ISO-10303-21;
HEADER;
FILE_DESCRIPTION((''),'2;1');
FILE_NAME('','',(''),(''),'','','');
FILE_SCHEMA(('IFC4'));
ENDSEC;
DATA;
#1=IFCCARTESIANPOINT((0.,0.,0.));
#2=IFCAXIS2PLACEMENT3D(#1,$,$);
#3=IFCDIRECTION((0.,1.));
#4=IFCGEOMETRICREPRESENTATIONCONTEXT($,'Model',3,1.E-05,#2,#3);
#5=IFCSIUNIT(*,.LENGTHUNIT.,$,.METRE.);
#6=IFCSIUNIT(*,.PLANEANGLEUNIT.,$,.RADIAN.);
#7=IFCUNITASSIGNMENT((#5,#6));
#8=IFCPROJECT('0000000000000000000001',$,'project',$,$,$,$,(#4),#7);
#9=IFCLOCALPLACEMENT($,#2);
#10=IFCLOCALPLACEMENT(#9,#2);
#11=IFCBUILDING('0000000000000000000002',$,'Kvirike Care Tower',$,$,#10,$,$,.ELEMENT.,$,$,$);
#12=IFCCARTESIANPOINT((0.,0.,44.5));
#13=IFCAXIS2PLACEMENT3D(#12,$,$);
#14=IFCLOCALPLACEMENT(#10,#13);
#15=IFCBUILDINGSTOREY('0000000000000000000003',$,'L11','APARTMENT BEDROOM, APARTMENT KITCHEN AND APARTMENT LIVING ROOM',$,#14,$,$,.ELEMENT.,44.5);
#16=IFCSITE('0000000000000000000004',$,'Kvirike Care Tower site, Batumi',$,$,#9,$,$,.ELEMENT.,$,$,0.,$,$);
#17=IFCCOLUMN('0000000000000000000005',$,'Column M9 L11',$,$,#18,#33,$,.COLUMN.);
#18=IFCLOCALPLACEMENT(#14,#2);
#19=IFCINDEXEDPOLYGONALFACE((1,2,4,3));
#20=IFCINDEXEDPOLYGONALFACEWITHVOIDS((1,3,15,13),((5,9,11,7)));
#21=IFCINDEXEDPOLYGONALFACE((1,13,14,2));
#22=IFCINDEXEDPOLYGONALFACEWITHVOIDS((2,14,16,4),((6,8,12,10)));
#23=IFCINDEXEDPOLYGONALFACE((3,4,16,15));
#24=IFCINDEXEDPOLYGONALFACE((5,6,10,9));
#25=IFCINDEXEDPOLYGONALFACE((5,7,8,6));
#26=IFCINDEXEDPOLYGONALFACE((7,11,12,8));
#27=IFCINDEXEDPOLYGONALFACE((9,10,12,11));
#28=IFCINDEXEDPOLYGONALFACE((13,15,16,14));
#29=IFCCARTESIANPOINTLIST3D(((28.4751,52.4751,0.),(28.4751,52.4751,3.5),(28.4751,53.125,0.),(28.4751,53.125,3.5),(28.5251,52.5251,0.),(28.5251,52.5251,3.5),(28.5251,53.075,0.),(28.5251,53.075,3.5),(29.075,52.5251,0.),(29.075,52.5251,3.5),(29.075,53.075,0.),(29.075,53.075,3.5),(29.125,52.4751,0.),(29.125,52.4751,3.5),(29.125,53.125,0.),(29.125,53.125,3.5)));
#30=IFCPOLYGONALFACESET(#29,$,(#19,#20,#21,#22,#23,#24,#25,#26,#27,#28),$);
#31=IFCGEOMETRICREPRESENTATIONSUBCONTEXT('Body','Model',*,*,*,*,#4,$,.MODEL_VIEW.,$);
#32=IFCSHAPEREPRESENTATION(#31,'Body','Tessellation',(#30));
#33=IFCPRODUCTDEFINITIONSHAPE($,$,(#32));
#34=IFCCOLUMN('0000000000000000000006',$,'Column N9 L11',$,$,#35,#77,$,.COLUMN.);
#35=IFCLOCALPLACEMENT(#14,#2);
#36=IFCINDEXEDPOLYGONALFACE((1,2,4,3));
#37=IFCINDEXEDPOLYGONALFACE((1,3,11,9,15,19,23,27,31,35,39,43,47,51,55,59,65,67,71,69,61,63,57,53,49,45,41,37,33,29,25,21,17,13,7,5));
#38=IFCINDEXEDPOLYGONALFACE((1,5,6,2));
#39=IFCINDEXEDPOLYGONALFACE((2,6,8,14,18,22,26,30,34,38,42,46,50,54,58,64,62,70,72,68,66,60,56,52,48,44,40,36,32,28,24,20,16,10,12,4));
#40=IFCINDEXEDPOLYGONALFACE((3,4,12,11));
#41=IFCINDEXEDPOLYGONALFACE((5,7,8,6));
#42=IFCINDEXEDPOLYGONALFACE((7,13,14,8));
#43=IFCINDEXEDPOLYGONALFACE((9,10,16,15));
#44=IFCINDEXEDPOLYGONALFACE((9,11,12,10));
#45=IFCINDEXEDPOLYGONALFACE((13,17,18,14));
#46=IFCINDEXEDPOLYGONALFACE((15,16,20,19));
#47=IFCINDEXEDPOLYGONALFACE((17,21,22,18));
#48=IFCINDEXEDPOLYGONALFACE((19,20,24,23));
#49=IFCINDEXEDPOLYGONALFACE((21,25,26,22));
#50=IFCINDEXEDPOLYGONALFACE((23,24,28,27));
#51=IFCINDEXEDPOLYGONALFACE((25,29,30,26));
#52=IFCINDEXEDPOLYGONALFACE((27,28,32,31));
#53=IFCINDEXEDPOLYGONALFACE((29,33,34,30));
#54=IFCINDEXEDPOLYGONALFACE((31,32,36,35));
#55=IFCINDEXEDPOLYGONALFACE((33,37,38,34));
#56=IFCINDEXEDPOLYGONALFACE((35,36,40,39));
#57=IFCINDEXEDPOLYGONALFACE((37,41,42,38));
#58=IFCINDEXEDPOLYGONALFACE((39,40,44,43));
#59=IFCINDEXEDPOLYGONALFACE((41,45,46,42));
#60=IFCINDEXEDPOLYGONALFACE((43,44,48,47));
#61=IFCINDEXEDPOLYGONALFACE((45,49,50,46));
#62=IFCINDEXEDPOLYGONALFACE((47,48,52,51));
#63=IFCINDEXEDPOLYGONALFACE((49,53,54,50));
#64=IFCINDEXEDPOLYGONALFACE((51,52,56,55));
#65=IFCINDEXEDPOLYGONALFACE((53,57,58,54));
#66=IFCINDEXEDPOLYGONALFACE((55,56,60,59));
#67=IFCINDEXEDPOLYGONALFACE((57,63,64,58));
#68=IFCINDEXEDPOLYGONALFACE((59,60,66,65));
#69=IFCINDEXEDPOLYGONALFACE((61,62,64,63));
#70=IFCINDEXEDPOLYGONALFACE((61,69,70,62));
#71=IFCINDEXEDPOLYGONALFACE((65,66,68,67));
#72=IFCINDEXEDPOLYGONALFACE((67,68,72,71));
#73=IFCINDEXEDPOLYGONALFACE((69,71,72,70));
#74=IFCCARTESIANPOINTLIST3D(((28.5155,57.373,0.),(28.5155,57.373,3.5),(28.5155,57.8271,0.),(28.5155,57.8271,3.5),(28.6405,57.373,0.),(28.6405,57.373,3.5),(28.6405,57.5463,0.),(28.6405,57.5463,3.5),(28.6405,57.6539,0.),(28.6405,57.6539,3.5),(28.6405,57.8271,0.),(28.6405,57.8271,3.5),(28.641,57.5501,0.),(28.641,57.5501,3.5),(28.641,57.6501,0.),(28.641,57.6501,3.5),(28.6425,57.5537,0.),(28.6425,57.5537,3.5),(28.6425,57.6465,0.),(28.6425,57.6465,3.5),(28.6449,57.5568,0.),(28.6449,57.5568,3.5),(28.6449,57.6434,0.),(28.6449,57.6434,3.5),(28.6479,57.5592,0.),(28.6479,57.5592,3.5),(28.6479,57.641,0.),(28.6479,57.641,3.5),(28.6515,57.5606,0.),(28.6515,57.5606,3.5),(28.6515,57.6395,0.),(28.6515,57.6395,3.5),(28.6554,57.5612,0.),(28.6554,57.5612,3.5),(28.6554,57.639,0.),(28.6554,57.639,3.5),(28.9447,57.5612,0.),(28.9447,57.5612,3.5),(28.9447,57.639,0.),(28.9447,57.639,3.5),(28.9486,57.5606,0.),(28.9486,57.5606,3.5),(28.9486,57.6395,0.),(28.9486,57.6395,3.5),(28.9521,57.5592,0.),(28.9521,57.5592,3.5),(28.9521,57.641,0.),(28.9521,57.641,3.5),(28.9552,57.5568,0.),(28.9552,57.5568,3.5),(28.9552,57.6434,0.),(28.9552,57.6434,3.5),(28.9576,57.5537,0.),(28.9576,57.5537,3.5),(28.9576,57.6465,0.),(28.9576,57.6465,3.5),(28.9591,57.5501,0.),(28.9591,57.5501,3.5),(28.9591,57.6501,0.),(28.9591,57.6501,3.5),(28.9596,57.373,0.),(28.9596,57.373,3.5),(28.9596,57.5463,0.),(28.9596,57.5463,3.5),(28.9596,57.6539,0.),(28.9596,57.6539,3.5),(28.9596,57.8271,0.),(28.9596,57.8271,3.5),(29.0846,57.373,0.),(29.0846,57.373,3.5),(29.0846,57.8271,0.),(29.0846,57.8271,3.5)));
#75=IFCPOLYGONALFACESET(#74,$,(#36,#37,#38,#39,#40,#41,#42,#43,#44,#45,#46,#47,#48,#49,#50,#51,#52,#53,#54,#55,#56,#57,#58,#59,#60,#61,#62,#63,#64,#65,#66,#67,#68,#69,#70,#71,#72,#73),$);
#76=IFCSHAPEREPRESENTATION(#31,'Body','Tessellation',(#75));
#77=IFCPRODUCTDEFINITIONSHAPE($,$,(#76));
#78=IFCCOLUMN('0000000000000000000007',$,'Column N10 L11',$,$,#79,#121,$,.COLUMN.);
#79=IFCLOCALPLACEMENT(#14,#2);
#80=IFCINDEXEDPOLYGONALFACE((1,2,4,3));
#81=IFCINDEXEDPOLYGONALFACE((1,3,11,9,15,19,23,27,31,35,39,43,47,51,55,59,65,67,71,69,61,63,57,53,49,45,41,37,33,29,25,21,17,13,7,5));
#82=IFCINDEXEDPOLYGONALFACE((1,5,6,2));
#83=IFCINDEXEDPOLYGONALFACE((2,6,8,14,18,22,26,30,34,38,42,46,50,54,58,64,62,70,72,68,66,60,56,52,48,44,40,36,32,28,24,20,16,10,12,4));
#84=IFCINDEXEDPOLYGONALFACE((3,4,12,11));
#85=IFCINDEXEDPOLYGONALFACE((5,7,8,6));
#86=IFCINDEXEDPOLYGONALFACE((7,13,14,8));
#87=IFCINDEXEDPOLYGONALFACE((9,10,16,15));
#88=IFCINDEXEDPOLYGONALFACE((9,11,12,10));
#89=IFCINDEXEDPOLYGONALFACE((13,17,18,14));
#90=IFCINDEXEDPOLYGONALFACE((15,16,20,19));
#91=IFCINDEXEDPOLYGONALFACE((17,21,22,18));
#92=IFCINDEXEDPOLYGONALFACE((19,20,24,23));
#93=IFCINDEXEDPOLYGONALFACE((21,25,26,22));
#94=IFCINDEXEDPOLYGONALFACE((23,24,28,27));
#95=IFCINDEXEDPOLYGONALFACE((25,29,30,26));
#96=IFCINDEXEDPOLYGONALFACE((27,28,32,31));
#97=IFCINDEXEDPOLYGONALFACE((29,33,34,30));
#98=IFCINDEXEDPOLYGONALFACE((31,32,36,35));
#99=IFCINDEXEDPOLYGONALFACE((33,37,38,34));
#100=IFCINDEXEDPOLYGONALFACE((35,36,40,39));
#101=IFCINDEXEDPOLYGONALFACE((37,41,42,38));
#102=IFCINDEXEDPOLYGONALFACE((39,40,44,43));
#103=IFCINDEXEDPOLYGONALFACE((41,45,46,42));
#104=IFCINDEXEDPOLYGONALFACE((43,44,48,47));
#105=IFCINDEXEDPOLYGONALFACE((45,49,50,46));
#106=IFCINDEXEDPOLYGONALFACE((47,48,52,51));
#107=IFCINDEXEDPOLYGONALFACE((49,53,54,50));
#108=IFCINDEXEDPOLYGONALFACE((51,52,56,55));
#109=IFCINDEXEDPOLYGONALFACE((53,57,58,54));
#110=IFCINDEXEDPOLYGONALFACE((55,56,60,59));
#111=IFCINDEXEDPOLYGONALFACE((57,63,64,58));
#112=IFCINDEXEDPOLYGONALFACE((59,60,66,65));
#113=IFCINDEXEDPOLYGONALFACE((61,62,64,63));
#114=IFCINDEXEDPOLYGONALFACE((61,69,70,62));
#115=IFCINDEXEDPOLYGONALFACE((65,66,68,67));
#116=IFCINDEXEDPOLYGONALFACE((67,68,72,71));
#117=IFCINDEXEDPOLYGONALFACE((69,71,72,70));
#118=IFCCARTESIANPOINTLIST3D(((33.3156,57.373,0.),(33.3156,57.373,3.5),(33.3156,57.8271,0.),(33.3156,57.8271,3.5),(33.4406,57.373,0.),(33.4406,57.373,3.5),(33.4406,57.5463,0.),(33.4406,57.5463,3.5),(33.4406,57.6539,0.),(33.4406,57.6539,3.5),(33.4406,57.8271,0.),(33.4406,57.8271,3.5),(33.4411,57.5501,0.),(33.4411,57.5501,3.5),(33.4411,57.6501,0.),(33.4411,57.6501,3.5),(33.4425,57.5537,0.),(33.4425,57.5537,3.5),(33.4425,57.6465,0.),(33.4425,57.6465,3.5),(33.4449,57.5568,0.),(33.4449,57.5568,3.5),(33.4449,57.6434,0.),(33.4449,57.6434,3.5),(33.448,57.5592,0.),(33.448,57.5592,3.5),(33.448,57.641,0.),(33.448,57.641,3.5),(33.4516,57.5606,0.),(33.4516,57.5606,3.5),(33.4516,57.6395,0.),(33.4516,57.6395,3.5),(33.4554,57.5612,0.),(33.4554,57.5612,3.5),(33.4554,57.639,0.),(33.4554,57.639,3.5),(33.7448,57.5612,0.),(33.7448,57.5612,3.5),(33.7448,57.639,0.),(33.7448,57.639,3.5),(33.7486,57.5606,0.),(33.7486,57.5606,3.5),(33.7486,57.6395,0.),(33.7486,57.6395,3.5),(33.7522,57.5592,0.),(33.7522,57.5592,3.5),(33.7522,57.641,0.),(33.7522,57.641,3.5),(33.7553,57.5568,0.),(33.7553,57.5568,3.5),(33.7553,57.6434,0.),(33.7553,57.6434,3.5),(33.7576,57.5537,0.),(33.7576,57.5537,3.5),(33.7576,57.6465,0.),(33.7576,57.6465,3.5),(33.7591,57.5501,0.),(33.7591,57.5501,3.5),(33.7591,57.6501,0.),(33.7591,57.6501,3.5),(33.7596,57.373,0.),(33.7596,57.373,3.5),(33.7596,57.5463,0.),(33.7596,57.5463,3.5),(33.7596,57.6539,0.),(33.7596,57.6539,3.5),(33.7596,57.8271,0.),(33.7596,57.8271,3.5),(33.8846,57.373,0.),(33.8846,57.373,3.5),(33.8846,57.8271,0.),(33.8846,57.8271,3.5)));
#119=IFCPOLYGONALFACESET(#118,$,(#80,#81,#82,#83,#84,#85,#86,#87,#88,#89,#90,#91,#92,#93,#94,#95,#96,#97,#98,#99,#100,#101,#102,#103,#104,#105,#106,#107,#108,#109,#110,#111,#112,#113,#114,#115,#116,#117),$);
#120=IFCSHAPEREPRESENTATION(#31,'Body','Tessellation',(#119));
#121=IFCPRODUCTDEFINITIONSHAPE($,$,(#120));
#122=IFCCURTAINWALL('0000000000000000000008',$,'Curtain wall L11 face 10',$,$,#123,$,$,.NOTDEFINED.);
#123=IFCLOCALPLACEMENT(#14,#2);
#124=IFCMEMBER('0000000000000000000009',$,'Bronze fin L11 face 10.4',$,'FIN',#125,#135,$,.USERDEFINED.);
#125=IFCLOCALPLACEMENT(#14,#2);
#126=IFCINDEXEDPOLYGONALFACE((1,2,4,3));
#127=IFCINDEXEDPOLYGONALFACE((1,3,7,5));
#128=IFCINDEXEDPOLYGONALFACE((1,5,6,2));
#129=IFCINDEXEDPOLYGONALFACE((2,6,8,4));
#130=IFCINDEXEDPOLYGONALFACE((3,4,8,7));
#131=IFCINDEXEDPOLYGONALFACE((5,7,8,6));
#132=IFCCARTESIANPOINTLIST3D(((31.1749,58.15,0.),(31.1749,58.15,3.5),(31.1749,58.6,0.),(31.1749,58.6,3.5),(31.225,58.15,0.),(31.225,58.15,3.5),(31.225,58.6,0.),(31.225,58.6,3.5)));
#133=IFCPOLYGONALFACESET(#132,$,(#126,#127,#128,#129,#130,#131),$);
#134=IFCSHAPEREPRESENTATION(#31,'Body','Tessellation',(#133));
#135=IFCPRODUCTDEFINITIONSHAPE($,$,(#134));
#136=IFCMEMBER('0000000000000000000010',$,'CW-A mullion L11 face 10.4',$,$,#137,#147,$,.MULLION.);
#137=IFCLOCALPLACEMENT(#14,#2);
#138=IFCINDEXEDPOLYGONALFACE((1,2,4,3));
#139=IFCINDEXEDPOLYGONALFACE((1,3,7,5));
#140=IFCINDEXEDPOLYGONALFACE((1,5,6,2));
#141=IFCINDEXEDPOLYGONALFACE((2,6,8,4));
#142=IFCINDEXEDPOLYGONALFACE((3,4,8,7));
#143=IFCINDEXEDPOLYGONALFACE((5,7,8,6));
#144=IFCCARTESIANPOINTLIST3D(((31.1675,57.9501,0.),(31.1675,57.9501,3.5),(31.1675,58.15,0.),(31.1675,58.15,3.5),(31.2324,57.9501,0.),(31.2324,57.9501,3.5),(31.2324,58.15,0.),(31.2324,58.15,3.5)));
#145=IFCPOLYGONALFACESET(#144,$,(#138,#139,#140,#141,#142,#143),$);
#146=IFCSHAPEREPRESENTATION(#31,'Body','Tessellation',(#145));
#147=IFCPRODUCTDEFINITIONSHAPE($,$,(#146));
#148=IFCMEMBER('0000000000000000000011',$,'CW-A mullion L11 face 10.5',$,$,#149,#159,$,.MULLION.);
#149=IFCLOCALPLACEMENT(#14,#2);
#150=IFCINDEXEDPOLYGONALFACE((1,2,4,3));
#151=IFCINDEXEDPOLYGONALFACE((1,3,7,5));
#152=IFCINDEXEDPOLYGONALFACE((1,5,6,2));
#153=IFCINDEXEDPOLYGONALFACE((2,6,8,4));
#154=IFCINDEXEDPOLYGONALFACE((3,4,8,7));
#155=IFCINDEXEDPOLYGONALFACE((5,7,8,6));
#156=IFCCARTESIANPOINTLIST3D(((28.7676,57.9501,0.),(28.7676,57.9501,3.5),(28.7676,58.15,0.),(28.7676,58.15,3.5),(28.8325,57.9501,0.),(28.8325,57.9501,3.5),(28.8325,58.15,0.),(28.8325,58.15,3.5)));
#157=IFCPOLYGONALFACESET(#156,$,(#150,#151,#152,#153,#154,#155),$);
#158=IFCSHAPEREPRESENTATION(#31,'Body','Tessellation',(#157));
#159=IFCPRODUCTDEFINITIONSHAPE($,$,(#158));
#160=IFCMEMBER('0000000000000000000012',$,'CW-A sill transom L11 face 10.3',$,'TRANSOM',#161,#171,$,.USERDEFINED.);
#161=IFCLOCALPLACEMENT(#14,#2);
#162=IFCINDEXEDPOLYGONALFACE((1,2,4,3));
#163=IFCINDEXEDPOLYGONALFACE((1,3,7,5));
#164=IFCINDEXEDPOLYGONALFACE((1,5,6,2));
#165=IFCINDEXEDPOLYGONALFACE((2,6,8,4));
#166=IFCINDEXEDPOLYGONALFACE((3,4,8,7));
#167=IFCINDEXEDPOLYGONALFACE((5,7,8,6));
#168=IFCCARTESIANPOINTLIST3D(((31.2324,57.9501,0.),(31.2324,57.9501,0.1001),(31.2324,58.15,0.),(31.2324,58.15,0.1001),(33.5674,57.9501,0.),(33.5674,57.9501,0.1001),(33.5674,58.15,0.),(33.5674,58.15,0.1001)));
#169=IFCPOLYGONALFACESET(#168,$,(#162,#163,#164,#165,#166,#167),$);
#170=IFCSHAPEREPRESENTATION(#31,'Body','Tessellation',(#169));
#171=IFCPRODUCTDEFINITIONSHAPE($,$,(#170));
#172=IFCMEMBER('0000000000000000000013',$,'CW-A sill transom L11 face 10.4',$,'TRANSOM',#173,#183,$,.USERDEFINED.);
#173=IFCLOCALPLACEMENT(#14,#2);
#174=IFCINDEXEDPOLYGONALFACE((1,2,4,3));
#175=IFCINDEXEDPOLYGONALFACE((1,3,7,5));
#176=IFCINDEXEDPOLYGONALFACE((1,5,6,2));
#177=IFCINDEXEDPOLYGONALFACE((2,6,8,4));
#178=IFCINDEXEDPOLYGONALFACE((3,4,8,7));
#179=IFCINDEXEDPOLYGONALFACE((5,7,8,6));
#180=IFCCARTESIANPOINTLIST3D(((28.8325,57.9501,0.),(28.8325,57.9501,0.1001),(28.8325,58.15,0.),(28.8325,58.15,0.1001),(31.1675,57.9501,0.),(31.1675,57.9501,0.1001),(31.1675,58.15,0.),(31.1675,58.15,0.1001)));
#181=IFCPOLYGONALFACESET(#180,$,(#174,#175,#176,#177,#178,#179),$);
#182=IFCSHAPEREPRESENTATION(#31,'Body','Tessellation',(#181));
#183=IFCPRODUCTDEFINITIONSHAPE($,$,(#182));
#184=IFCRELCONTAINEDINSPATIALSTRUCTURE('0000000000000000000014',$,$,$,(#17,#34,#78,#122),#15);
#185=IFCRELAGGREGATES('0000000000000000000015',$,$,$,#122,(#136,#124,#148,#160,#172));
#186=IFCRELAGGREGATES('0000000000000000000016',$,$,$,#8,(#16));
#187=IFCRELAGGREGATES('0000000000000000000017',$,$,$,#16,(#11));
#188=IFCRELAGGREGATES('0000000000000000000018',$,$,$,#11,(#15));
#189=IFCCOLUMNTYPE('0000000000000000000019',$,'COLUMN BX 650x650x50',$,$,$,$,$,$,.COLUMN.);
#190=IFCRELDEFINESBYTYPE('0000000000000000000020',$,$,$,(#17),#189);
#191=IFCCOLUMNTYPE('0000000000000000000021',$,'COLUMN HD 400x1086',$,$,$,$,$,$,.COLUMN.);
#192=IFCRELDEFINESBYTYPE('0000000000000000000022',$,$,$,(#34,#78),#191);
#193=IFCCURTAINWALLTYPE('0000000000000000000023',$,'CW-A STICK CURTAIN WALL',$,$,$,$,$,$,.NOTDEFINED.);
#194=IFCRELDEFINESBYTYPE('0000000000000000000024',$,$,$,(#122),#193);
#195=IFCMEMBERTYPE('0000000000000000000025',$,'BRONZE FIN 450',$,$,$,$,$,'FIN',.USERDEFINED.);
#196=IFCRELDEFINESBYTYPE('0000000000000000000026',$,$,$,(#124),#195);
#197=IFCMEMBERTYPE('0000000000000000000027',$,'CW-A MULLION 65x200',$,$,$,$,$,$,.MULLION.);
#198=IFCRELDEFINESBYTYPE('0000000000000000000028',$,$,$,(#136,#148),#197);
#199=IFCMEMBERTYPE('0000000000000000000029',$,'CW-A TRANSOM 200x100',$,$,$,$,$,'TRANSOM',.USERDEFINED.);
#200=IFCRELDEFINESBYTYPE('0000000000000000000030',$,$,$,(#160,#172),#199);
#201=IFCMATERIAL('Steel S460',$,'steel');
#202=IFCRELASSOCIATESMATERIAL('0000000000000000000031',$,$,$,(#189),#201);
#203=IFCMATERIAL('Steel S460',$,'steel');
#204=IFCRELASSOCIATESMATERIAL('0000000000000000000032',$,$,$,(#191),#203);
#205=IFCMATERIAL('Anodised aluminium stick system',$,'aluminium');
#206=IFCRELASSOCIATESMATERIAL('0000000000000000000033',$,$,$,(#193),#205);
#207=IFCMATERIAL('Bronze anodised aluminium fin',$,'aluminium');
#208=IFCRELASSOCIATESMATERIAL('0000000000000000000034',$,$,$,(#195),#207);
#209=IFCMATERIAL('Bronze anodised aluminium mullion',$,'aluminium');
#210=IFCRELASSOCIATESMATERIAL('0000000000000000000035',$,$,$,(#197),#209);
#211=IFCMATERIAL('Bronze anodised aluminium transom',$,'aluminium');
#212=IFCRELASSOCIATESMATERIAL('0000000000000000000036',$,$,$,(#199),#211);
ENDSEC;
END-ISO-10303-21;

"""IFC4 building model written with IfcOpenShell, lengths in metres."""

from ifc_helpers import new_model, si_unit, direction, frame, origin, origin_2d, place, context, subcontext, project, spatial, rectangle, hollow_rectangle, i_section, extrude, material, material_profile, profile_set, type_object, element, aggregate, save


model = new_model("IFC4")

# Units and contexts
model_context = context("Model", 3, precision=1e-05, world=origin(), true_north=direction((0.0, 1.0)))
body_context = subcontext(model_context, "Body", "Model", "MODEL_VIEW")
ifc_project = project(units=[si_unit("LENGTHUNIT", "METRE"), si_unit("PLANEANGLEUNIT", "RADIAN")], contexts=[model_context])

# Site, building, storey
site_placement = place(None, origin())
site = spatial("IfcSite", under=ifc_project, at=site_placement, Name="Kvirike Care Tower site, Batumi", CompositionType="ELEMENT", RefElevation=0.0)
building_placement = place(site_placement, origin())
building = spatial("IfcBuilding", under=site, at=building_placement, Name="Kvirike Care Tower", CompositionType="ELEMENT")
storey_placement = place(building_placement, frame((0.0, 0.0, 44.5)))
storey = spatial("IfcBuildingStorey", under=building, at=storey_placement, Name="L11", Description="APARTMENT BEDROOM, APARTMENT KITCHEN AND APARTMENT LIVING ROOM", CompositionType="ELEMENT", Elevation=44.5)

# Columns
ifc_material_1 = material(Name="Steel S460", Category="steel")
ifc_material_profile_1 = material_profile(ifc_material_1, hollow_rectangle(XDim=0.6499, YDim=0.6499, WallThickness=0.05, at=origin_2d()), Name="BX 650x650x50")
ifc_profile_set_1 = profile_set([ifc_material_profile_1], Name="Steel S460")
column_type_1 = type_object("IfcColumnType", Name="COLUMN BX 650x650x50", PredefinedType="COLUMN", material=ifc_profile_set_1)
column_placement = place(storey_placement, frame((28.8, 52.8, 0.0), z_axis=(0.0, 0.0, 1.0), x_axis=(1.0, 0.0, 0.0)))
element("IfcColumn", 1, at=column_placement, inside=storey, type_object=column_type_1, Name="Column M9 L11", PredefinedType="COLUMN", context=body_context, shape_type="SweptSolid", body=[
    extrude(hollow_rectangle(XDim=0.6499, YDim=0.6499, WallThickness=0.05, at=origin_2d()), origin(), (0.0, 0.0, 1.0), 3.5),
])
ifc_material_2 = material(Name="Steel S460", Category="steel")
ifc_material_profile_2 = material_profile(ifc_material_2, i_section(OverallWidth=0.4541, OverallDepth=0.5691, WebThickness=0.0779, FlangeThickness=0.125, FilletRadius=0.0149, at=origin_2d()), Name="HD 400x1086")
ifc_profile_set_2 = profile_set([ifc_material_profile_2], Name="Steel S460")
column_type_2 = type_object("IfcColumnType", Name="COLUMN HD 400x1086", PredefinedType="COLUMN", material=ifc_profile_set_2)
for number, where, z_axis, x_axis, name in (
    (2, (28.8, 57.6001, 0.0), (0.0, 0.0, 1.0), (0.0, 1.0, 0.0), "Column N9 L11"),
    (3, (33.6001, 57.6001, 0.0), (0.0, 0.0, 1.0), (0.0, 1.0, 0.0), "Column N10 L11"),
):
    element("IfcColumn", number, at=place(storey_placement, frame(where, z_axis=z_axis, x_axis=x_axis)), inside=storey, type_object=column_type_2, Name=name, PredefinedType="COLUMN", context=body_context, shape_type="SweptSolid", body=[
        extrude(i_section(OverallWidth=0.4541, OverallDepth=0.5691, WebThickness=0.0779, FlangeThickness=0.125, FilletRadius=0.0149, at=origin_2d()), origin(), (0.0, 0.0, 1.0), 3.5),
    ])

# Curtain wall, members
ifc_material_3 = material(Name="Anodised aluminium stick system", Category="aluminium")
curtain_wall_type = type_object("IfcCurtainWallType", Name="CW-A STICK CURTAIN WALL", PredefinedType="NOTDEFINED", material=ifc_material_3)
curtain_wall_placement = place(storey_placement, origin())
curtain_wall = element("IfcCurtainWall", 4, at=curtain_wall_placement, inside=storey, type_object=curtain_wall_type, Name="Curtain wall L11 face 10", PredefinedType="NOTDEFINED")
ifc_material_4 = material(Name="Bronze anodised aluminium fin", Category="aluminium")
ifc_material_profile_3 = material_profile(ifc_material_4, rectangle(XDim=0.05, YDim=0.45, at=origin_2d()), Name="BRONZE FIN 450")
ifc_profile_set_3 = profile_set([ifc_material_profile_3], Name="Bronze anodised aluminium fin")
member_type_1 = type_object("IfcMemberType", Name="BRONZE FIN 450", ElementType="FIN", PredefinedType="USERDEFINED", material=ifc_profile_set_3)
member_1_placement = place(storey_placement, frame((31.2, 58.375, 0.0), z_axis=(0.0, 0.0, 1.0), x_axis=(-1.0, 0.0, 0.0)))
member_1 = element("IfcMember", 5, at=member_1_placement, type_object=member_type_1, Name="Bronze fin L11 face 10.4", ObjectType="FIN", PredefinedType="USERDEFINED", context=body_context, shape_type="SweptSolid", body=[
    extrude(rectangle(XDim=0.05, YDim=0.45, at=origin_2d()), origin(), (0.0, 0.0, 1.0), 3.5),
])
ifc_material_5 = material(Name="Bronze anodised aluminium mullion", Category="aluminium")
ifc_material_profile_4 = material_profile(ifc_material_5, rectangle(XDim=0.0649, YDim=0.2, at=origin_2d()), Name="CW-A MULLION 65x200")
ifc_profile_set_4 = profile_set([ifc_material_profile_4], Name="Bronze anodised aluminium mullion")
member_type_2 = type_object("IfcMemberType", Name="CW-A MULLION 65x200", PredefinedType="MULLION", material=ifc_profile_set_4)
member_2_placement = place(storey_placement, frame((31.2, 58.05, 0.0), z_axis=(0.0, 0.0, 1.0), x_axis=(-1.0, 0.0, 0.0)))
member_2 = element("IfcMember", 6, at=member_2_placement, type_object=member_type_2, Name="CW-A mullion L11 face 10.4", PredefinedType="MULLION", context=body_context, shape_type="SweptSolid", body=[
    extrude(rectangle(XDim=0.0649, YDim=0.2, at=origin_2d()), origin(), (0.0, 0.0, 1.0), 3.5),
])
member_3_placement = place(storey_placement, frame((28.8, 58.05, 0.0), z_axis=(0.0, 0.0, 1.0), x_axis=(-1.0, 0.0, 0.0)))
member_3 = element("IfcMember", 7, at=member_3_placement, type_object=member_type_2, Name="CW-A mullion L11 face 10.5", PredefinedType="MULLION", context=body_context, shape_type="SweptSolid", body=[
    extrude(rectangle(XDim=0.0649, YDim=0.2, at=origin_2d()), origin(), (0.0, 0.0, 1.0), 3.5),
])
ifc_material_6 = material(Name="Bronze anodised aluminium transom", Category="aluminium")
ifc_material_profile_5 = material_profile(ifc_material_6, rectangle(XDim=0.2, YDim=0.1001, at=origin_2d()), Name="CW-A TRANSOM 200x100")
ifc_profile_set_5 = profile_set([ifc_material_profile_5], Name="Bronze anodised aluminium transom")
member_type_3 = type_object("IfcMemberType", Name="CW-A TRANSOM 200x100", ElementType="TRANSOM", PredefinedType="USERDEFINED", material=ifc_profile_set_5)
member_4_placement = place(storey_placement, frame((33.5674, 58.05, 0.05), z_axis=(-1.0, 0.0, 0.0), x_axis=(0.0, -1.0, 0.0)))
member_4 = element("IfcMember", 8, at=member_4_placement, type_object=member_type_3, Name="CW-A sill transom L11 face 10.3", ObjectType="TRANSOM", PredefinedType="USERDEFINED", context=body_context, shape_type="SweptSolid", body=[
    extrude(rectangle(XDim=0.2, YDim=0.1001, at=origin_2d()), origin(), (0.0, 0.0, 1.0), 2.335),
])
member_5_placement = place(storey_placement, frame((31.1675, 58.05, 0.05), z_axis=(-1.0, 0.0, 0.0), x_axis=(0.0, -1.0, 0.0)))
member_5 = element("IfcMember", 9, at=member_5_placement, type_object=member_type_3, Name="CW-A sill transom L11 face 10.4", ObjectType="TRANSOM", PredefinedType="USERDEFINED", context=body_context, shape_type="SweptSolid", body=[
    extrude(rectangle(XDim=0.2, YDim=0.1001, at=origin_2d()), origin(), (0.0, 0.0, 1.0), 2.335),
])

aggregate(curtain_wall, [member_2, member_1, member_3, member_4, member_5])

save(model, "model.ifc")
